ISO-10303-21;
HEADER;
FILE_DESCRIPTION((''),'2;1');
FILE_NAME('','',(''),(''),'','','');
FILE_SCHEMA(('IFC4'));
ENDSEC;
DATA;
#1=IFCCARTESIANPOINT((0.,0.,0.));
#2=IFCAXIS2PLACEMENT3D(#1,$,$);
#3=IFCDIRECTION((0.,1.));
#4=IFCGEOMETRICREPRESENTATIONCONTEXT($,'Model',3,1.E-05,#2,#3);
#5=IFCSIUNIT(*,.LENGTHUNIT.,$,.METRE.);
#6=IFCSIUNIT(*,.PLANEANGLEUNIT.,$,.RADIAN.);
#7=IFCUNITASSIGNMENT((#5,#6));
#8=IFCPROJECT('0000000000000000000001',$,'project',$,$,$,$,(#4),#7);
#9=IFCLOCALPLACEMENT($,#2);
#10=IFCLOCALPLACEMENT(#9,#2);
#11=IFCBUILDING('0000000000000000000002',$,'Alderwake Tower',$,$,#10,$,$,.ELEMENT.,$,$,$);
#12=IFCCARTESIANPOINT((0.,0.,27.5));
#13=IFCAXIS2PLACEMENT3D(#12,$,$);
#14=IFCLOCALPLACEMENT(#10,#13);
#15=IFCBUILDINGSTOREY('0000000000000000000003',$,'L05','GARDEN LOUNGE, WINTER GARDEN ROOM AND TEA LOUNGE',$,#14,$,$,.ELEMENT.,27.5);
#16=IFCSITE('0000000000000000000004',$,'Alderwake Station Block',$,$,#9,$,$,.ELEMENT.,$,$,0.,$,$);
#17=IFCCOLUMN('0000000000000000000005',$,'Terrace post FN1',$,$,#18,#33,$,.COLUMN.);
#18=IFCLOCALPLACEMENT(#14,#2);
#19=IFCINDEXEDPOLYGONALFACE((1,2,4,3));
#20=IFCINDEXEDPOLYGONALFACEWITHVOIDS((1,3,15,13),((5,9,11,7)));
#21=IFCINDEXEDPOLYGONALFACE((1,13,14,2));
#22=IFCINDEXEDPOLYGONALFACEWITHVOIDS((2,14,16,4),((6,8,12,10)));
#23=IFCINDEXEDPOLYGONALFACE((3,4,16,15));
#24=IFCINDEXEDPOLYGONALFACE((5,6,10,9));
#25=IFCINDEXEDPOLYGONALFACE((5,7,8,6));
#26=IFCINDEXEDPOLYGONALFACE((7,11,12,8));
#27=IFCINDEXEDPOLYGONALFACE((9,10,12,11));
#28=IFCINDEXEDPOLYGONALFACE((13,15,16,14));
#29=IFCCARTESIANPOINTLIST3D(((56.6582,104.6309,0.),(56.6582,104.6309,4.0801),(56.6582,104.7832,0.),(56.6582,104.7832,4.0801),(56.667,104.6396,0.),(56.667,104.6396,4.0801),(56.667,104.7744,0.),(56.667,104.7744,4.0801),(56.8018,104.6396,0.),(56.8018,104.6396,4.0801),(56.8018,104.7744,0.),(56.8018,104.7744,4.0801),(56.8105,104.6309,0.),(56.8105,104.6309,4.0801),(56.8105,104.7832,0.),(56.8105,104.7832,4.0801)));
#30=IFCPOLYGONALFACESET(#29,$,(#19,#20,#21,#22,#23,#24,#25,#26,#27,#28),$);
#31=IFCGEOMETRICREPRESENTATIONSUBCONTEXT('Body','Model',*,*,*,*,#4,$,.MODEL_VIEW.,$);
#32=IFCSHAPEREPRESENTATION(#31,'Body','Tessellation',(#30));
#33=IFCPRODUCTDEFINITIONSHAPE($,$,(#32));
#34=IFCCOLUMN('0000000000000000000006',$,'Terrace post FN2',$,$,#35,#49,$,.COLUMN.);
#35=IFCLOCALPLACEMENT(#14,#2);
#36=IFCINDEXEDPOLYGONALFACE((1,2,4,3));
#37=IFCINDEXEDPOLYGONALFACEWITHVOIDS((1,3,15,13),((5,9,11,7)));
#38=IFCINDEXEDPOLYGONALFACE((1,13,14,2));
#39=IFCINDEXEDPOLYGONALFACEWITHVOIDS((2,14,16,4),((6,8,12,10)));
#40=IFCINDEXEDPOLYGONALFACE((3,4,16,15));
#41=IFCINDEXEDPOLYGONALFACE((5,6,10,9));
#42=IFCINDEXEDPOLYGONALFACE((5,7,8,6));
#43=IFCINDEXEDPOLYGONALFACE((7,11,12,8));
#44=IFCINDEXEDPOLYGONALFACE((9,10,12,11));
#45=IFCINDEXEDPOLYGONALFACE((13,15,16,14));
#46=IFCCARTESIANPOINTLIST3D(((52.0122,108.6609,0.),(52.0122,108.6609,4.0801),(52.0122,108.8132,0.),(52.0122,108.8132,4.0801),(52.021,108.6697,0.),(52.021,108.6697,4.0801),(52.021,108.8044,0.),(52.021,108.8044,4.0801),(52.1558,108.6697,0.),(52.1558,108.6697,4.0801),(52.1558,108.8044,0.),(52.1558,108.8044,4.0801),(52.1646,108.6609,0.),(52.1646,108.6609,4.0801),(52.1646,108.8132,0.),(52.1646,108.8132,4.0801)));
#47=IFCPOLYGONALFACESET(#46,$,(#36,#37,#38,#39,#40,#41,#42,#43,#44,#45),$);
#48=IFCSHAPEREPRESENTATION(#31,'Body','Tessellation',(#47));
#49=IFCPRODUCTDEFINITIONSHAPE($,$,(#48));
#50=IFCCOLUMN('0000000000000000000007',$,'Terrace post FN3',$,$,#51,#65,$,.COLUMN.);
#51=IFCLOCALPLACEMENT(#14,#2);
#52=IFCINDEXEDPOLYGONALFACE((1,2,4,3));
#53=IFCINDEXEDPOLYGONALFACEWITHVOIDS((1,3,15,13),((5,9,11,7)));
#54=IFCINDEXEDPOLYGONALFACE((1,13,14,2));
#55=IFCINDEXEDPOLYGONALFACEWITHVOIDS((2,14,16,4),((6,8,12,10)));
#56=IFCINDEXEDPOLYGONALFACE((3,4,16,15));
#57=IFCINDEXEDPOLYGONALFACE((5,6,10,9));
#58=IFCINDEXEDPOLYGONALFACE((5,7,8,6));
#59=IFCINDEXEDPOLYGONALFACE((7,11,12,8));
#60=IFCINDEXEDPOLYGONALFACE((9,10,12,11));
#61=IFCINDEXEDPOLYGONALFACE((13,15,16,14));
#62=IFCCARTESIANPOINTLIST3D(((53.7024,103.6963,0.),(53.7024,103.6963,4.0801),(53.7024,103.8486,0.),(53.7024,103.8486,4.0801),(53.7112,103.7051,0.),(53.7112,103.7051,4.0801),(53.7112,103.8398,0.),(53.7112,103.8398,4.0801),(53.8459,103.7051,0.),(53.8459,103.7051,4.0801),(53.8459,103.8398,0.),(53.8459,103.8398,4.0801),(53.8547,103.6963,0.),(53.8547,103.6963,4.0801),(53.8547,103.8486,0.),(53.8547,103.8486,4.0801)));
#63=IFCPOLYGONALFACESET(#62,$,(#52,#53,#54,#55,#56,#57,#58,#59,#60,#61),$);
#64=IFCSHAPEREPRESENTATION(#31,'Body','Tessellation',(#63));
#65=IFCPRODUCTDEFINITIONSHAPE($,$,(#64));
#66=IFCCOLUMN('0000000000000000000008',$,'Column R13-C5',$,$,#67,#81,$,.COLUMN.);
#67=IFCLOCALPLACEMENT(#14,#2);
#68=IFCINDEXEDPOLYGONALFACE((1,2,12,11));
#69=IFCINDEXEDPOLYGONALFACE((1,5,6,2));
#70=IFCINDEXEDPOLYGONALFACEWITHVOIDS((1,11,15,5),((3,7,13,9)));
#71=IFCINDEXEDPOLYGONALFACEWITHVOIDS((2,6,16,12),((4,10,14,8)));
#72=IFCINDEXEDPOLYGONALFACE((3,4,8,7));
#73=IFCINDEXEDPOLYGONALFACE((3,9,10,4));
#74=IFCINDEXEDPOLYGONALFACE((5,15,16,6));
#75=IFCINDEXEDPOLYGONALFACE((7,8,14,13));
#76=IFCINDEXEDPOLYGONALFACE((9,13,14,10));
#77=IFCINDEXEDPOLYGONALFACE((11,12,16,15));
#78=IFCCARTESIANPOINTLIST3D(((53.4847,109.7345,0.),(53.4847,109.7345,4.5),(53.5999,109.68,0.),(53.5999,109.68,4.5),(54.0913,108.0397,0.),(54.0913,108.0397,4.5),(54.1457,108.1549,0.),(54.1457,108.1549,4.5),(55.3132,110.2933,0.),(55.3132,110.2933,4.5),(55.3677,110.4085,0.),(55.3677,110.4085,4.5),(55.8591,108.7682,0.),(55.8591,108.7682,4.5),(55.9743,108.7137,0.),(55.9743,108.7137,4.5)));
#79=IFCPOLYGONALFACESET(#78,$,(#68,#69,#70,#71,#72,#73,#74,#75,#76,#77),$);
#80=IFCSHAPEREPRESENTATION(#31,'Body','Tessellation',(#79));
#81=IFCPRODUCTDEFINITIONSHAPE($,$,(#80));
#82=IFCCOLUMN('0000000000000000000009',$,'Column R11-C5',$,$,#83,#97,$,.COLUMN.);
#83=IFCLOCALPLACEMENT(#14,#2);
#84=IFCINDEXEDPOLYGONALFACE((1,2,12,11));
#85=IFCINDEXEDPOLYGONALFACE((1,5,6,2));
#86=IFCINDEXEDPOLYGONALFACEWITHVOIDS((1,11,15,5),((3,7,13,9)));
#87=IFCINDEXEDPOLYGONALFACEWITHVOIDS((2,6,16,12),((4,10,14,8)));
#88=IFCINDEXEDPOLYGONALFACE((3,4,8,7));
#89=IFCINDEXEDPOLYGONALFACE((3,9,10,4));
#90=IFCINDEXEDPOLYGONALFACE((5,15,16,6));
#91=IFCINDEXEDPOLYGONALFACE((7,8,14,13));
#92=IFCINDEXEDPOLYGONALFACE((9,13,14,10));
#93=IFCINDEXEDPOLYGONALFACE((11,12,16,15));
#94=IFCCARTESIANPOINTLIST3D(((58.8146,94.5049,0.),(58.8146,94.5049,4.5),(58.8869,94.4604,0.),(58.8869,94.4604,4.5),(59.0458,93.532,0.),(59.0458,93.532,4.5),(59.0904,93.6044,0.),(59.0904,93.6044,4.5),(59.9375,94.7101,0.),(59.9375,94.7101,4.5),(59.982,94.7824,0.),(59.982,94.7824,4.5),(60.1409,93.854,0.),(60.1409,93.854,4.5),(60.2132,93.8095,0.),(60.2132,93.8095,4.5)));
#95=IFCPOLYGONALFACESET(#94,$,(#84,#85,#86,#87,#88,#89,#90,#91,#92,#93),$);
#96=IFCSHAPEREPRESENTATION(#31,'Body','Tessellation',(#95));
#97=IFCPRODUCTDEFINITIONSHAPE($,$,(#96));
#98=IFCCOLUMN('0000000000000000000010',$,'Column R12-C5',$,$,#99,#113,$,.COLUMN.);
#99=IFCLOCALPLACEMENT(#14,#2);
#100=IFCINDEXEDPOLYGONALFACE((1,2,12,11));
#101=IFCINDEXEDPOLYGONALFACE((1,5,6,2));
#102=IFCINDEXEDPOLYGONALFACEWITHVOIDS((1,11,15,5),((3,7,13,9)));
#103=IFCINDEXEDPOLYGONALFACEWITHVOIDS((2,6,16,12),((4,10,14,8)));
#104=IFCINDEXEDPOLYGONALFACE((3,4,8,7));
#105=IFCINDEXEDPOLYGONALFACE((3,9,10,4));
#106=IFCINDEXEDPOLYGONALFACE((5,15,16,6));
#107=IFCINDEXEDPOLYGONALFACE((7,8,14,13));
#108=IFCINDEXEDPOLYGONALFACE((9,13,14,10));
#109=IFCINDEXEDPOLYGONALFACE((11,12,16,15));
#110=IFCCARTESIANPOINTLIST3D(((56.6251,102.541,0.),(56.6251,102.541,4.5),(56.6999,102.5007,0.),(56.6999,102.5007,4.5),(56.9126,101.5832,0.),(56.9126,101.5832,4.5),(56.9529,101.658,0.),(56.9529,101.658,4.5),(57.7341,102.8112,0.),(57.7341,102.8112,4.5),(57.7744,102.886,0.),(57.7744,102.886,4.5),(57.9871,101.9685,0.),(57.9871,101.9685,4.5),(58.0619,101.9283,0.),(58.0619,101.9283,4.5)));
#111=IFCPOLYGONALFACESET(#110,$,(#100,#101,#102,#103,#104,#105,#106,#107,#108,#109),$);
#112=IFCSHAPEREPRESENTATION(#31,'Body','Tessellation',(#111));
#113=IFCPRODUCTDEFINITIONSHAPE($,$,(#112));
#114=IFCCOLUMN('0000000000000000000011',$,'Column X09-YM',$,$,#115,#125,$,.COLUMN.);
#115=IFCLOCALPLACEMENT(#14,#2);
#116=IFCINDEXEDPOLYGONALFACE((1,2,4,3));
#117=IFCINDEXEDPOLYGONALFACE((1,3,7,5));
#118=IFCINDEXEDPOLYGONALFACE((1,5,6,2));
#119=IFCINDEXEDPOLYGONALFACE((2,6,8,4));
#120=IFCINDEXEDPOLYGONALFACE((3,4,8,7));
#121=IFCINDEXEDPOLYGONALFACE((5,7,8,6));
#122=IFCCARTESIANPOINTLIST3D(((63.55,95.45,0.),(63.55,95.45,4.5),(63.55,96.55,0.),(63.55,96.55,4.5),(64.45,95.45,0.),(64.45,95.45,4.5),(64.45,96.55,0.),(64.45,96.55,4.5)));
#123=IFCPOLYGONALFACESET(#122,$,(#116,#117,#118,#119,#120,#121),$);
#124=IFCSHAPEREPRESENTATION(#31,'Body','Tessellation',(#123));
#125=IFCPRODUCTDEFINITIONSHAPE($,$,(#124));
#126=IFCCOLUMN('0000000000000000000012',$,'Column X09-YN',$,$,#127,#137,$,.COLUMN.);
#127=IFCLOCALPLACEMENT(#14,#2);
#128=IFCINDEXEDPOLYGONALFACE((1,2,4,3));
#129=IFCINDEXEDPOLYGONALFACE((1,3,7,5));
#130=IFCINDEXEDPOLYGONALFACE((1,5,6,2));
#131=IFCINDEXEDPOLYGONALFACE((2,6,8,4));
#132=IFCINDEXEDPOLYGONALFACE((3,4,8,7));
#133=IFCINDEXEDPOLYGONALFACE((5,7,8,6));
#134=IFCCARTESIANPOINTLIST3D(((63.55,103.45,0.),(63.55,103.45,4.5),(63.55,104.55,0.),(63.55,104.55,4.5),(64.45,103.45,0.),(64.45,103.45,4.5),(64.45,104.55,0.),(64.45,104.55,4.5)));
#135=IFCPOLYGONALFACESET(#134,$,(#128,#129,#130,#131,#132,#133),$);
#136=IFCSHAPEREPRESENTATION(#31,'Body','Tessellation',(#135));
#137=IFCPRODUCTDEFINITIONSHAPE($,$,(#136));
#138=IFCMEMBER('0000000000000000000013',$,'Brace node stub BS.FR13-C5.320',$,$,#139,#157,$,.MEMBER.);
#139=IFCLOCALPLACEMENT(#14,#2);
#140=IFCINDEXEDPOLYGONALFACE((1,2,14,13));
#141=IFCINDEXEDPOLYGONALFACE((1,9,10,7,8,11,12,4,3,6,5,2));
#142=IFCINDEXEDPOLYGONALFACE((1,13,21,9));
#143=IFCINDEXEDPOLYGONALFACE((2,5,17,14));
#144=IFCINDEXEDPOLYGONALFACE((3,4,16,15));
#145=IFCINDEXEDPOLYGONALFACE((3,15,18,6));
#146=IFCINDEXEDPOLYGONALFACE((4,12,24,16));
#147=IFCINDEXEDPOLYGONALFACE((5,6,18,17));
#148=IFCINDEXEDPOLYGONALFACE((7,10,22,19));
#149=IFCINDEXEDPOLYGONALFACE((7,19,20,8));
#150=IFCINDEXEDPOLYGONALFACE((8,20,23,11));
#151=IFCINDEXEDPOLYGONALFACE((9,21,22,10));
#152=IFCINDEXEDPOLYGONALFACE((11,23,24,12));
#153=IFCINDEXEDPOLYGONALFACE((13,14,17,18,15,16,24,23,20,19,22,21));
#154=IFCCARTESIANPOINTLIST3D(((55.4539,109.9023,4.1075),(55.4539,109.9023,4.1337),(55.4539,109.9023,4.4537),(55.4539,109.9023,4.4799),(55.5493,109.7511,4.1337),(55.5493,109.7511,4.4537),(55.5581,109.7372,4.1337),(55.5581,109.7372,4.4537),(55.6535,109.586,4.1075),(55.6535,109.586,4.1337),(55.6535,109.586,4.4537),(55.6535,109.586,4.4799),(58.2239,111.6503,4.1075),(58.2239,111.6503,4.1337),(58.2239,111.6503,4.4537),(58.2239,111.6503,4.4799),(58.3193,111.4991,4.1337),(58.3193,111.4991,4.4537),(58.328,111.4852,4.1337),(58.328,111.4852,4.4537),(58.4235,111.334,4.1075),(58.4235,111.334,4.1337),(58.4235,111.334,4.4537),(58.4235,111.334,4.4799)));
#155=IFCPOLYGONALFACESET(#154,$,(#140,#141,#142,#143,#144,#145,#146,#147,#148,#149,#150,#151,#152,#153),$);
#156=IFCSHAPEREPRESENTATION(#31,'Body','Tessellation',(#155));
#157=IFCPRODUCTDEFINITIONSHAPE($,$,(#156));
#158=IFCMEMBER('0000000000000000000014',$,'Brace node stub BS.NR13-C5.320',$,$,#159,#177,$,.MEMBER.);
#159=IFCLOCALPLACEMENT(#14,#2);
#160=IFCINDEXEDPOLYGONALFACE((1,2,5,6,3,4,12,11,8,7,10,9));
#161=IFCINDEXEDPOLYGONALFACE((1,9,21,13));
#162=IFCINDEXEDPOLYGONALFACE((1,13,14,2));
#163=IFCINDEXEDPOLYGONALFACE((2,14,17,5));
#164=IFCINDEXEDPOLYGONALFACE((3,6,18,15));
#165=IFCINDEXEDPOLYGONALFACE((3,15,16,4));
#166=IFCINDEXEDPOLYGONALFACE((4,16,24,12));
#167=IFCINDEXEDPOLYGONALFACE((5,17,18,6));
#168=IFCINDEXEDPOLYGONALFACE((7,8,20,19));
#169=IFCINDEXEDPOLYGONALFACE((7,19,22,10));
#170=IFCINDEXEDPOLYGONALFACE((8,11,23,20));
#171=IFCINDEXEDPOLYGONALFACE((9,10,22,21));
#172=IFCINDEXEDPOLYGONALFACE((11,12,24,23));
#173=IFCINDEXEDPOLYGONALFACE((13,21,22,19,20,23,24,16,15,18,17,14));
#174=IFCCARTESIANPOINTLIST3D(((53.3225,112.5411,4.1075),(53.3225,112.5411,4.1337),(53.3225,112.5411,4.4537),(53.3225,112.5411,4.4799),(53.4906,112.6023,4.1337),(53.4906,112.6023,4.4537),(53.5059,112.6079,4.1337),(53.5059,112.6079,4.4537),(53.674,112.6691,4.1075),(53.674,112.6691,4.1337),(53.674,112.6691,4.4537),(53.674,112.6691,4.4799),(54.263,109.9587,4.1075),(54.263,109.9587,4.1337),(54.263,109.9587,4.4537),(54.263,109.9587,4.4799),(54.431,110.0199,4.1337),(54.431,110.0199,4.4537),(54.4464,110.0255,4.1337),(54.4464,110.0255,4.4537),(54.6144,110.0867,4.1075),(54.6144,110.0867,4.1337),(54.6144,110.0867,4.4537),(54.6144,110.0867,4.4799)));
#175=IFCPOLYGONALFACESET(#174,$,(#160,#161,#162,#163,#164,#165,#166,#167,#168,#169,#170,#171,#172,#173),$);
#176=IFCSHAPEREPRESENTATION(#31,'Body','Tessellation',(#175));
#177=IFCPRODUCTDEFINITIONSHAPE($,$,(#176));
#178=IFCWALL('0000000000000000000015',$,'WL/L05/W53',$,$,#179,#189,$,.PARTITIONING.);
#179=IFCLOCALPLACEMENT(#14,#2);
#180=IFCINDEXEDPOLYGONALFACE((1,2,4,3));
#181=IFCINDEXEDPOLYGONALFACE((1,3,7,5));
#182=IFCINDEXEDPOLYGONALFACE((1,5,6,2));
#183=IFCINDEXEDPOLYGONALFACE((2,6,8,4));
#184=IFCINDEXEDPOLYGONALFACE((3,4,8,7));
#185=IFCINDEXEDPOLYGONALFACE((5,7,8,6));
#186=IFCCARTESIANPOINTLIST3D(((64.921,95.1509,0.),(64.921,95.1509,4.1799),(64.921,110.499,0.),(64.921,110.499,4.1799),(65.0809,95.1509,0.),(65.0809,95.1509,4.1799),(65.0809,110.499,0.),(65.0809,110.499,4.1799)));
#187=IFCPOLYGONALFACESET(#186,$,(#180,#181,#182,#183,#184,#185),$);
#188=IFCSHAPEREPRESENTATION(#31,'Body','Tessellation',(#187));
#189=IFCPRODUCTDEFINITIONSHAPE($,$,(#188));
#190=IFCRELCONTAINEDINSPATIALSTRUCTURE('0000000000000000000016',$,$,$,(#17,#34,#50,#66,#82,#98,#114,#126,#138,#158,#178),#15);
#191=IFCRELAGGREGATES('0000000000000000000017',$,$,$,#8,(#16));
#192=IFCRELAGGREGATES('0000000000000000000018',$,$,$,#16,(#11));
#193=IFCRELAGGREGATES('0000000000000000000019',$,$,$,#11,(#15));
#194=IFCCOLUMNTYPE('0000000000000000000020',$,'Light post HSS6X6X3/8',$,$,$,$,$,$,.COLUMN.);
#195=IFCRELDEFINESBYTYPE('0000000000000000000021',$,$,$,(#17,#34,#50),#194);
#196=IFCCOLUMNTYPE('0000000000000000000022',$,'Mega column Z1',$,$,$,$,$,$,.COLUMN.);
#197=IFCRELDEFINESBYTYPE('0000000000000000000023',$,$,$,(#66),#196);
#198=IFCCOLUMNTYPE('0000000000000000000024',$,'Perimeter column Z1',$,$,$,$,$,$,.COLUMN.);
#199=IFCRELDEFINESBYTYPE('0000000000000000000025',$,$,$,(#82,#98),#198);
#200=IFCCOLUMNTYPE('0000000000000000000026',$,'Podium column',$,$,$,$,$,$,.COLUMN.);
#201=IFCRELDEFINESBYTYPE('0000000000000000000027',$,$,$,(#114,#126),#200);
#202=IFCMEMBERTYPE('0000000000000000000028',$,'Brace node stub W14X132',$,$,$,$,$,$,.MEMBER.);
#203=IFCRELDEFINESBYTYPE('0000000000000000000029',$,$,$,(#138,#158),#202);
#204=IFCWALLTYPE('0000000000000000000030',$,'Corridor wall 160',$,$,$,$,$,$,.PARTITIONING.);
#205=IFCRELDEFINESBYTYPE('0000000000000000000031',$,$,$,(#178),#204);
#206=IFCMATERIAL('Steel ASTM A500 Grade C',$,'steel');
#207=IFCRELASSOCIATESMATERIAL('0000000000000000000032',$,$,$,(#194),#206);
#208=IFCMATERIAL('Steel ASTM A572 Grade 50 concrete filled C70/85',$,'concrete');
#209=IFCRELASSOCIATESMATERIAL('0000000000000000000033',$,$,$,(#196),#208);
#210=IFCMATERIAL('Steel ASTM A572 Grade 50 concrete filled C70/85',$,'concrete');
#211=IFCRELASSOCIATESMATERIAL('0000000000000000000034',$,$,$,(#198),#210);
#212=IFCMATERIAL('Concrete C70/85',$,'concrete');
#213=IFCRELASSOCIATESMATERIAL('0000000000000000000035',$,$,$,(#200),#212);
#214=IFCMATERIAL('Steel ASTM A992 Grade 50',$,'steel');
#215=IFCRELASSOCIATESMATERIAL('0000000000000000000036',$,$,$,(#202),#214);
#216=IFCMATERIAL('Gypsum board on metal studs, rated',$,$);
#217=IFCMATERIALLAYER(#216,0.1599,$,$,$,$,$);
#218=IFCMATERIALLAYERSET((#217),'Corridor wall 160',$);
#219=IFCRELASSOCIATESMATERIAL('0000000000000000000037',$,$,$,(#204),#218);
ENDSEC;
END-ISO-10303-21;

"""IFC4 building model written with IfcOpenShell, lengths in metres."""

from ifc_helpers import new_model, si_unit, direction, frame, frame_2d, origin, origin_2d, place, context, subcontext, project, spatial, rectangle, hollow_rectangle, i_section, extrude, material, layer, layer_set, material_profile, profile_set, type_object, element, save


model = new_model("IFC4")

# Units and contexts
model_context = context("Model", 3, precision=1e-05, world=origin(), true_north=direction((0.0, 1.0)))
body_context = subcontext(model_context, "Body", "Model", "MODEL_VIEW")
ifc_project = project(units=[si_unit("LENGTHUNIT", "METRE"), si_unit("PLANEANGLEUNIT", "RADIAN")], contexts=[model_context])

# Site, building, storey
site_placement = place(None, origin())
site = spatial("IfcSite", under=ifc_project, at=site_placement, Name="Alderwake Station Block", CompositionType="ELEMENT", RefElevation=0.0)
building_placement = place(site_placement, origin())
building = spatial("IfcBuilding", under=site, at=building_placement, Name="Alderwake Tower", CompositionType="ELEMENT")
storey_placement = place(building_placement, frame((0.0, 0.0, 27.5)))
storey = spatial("IfcBuildingStorey", under=building, at=storey_placement, Name="L05", Description="GARDEN LOUNGE, WINTER GARDEN ROOM AND TEA LOUNGE", CompositionType="ELEMENT", Elevation=27.5)

# Columns
ifc_material_1 = material(Name="Steel ASTM A500 Grade C", Category="steel")
ifc_material_profile_1 = material_profile(ifc_material_1, hollow_rectangle(XDim=0.1523, YDim=0.1523, WallThickness=0.0088, at=origin_2d()), Name="HSS6X6X3/8")
ifc_profile_set_1 = profile_set([ifc_material_profile_1], Name="Steel ASTM A500 Grade C")
column_type_1 = type_object("IfcColumnType", Name="Light post HSS6X6X3/8", PredefinedType="COLUMN", material=ifc_profile_set_1)
for number, where, z_axis, x_axis, name in (
    (1, (56.7344, 104.707, 0.0), (0.0, 0.0, 1.0), (1.0, 0.0, 0.0), "Terrace post FN1"),
    (2, (52.0884, 108.7371, 0.0), (0.0, 0.0, 1.0), (1.0, 0.0, 0.0), "Terrace post FN2"),
    (3, (53.7786, 103.7725, 0.0), (0.0, 0.0, 1.0), (1.0, 0.0, 0.0), "Terrace post FN3"),
):
    element("IfcColumn", number, at=place(storey_placement, frame(where, z_axis=z_axis, x_axis=x_axis)), inside=storey, type_object=column_type_1, Name=name, PredefinedType="COLUMN", context=body_context, shape_type="SweptSolid", body=[
        extrude(hollow_rectangle(XDim=0.1523, YDim=0.1523, WallThickness=0.0088, at=origin_2d()), origin(), (0.0, 0.0, 1.0), 4.0801),
    ])
ifc_material_2 = material(Name="Steel ASTM A572 Grade 50 concrete filled C70/85", Category="concrete")
ifc_material_profile_2 = material_profile(ifc_material_2, hollow_rectangle(XDim=1.8, YDim=2.0, WallThickness=0.0901, at=origin_2d()), Name="BOX 2000X1800X90")
ifc_profile_set_2 = profile_set([ifc_material_profile_2], Name="Steel ASTM A572 Grade 50 concrete filled C70/85")
column_type_2 = type_object("IfcColumnType", Name="Mega column Z1", PredefinedType="COLUMN", material=ifc_profile_set_2)
column_placement = place(storey_placement, frame((54.7295, 109.2241, 0.0), z_axis=(0.0, 0.0, 1.0), x_axis=(-0.336995, 0.941506, 0.0)))
element("IfcColumn", 4, at=column_placement, inside=storey, type_object=column_type_2, Name="Column R13-C5", PredefinedType="COLUMN", context=body_context, shape_type="SweptSolid", body=[
    extrude(hollow_rectangle(XDim=1.8, YDim=2.0, WallThickness=0.0901, at=origin_2d()), origin(), (0.0, 0.0, 1.0), 4.5),
])
ifc_material_3 = material(Name="Steel ASTM A572 Grade 50 concrete filled C70/85", Category="concrete")
ifc_material_profile_3 = material_profile(ifc_material_3, hollow_rectangle(XDim=1.0, YDim=1.2, WallThickness=0.0601, at=origin_2d()), Name="BOX 1200X1000X60")
ifc_profile_set_3 = profile_set([ifc_material_profile_3], Name="Steel ASTM A572 Grade 50 concrete filled C70/85")
column_type_3 = type_object("IfcColumnType", Name="Perimeter column Z1", PredefinedType="COLUMN", material=ifc_profile_set_3)
for number, where, z_axis, x_axis, name in (
    (5, (59.5139, 94.1572, 0.0), (0.0, 0.0, 1.0), (-0.231222, 0.972901, 0.0), "Column R11-C5"),
    (6, (57.3435, 102.2346, 0.0), (0.0, 0.0, 1.0), (-0.287549, 0.957766, 0.0), "Column R12-C5"),
):
    element("IfcColumn", number, at=place(storey_placement, frame(where, z_axis=z_axis, x_axis=x_axis)), inside=storey, type_object=column_type_3, Name=name, PredefinedType="COLUMN", context=body_context, shape_type="SweptSolid", body=[
        extrude(hollow_rectangle(XDim=1.0, YDim=1.2, WallThickness=0.0601, at=origin_2d()), origin(), (0.0, 0.0, 1.0), 4.5),
    ])
ifc_material_4 = material(Name="Concrete C70/85", Category="concrete")
ifc_material_profile_4 = material_profile(ifc_material_4, rectangle(XDim=0.8999, YDim=1.1001, at=origin_2d()), Name="RC 1100X900")
ifc_profile_set_4 = profile_set([ifc_material_profile_4], Name="Concrete C70/85")
column_type_4 = type_object("IfcColumnType", Name="Podium column", PredefinedType="COLUMN", material=ifc_profile_set_4)
for number, where, z_axis, x_axis, name in (
    (7, (64.0, 96.0, 0.0), (0.0, 0.0, 1.0), (1.0, 0.0, 0.0), "Column X09-YM"),
    (8, (64.0, 104.0, 0.0), (0.0, 0.0, 1.0), (1.0, 0.0, 0.0), "Column X09-YN"),
):
    element("IfcColumn", number, at=place(storey_placement, frame(where, z_axis=z_axis, x_axis=x_axis)), inside=storey, type_object=column_type_4, Name=name, PredefinedType="COLUMN", context=body_context, shape_type="SweptSolid", body=[
        extrude(rectangle(XDim=0.8999, YDim=1.1001, at=origin_2d()), origin(), (0.0, 0.0, 1.0), 4.5),
    ])

# Members
ifc_material_5 = material(Name="Steel ASTM A992 Grade 50", Category="steel")
ifc_material_profile_5 = material_profile(ifc_material_5, i_section(OverallWidth=0.374, OverallDepth=0.3723, WebThickness=0.0164, FlangeThickness=0.0261, at=origin_2d()), Name="W14X132")
ifc_profile_set_5 = profile_set([ifc_material_profile_5], Name="Steel ASTM A992 Grade 50")
member_type = type_object("IfcMemberType", Name="Brace node stub W14X132", PredefinedType="MEMBER", material=ifc_profile_set_5)
member_1_placement = place(storey_placement, frame((55.5537, 109.7441, 4.2937), z_axis=(0.845687, 0.533679, 0.0), x_axis=(-0.533679, 0.845687, 0.0)))
element("IfcMember", 9, at=member_1_placement, inside=storey, type_object=member_type, Name="Brace node stub BS.FR13-C5.320", PredefinedType="MEMBER", context=body_context, shape_type="SweptSolid", body=[
    extrude(i_section(OverallWidth=0.374, OverallDepth=0.3723, WebThickness=0.0164, FlangeThickness=0.0261, at=origin_2d()), origin(), (0.0, 0.0, 1.0), 3.2754),
])
member_2_placement = place(storey_placement, frame((54.4387, 110.0227, 4.2937), z_axis=(-0.3422, 0.939627, 0.0), x_axis=(-0.939627, -0.3422, 0.0)))
element("IfcMember", 10, at=member_2_placement, inside=storey, type_object=member_type, Name="Brace node stub BS.NR13-C5.320", PredefinedType="MEMBER", context=body_context, shape_type="SweptSolid", body=[
    extrude(i_section(OverallWidth=0.374, OverallDepth=0.3723, WebThickness=0.0164, FlangeThickness=0.0261, at=origin_2d()), origin(), (0.0, 0.0, 1.0), 2.7483),
])

# Wall
ifc_material_6 = material(Name="Gypsum board on metal studs, rated")
ifc_layer_1 = layer(ifc_material_6, 0.1599)
ifc_layer_set_1 = layer_set([ifc_layer_1], Name="Corridor wall 160")
wall_type_1 = type_object("IfcWallType", Name="Corridor wall 160", PredefinedType="PARTITIONING", material=ifc_layer_set_1)
wall_1_placement = place(storey_placement, frame((65.001, 110.499, 0.0), z_axis=(0.0, 0.0, 1.0), x_axis=(0.0, -1.0, 0.0)))
element("IfcWall", 11, at=wall_1_placement, inside=storey, type_object=wall_type_1, Name="WL/L05/W53", PredefinedType="PARTITIONING", context=body_context, shape_type="SweptSolid", body=[
    extrude(rectangle(XDim=15.3481, YDim=0.1599, at=frame_2d((7.6741, 0.0))), origin(), (0.0, 0.0, 1.0), 4.1799),
])

save(model, "model.ifc")
